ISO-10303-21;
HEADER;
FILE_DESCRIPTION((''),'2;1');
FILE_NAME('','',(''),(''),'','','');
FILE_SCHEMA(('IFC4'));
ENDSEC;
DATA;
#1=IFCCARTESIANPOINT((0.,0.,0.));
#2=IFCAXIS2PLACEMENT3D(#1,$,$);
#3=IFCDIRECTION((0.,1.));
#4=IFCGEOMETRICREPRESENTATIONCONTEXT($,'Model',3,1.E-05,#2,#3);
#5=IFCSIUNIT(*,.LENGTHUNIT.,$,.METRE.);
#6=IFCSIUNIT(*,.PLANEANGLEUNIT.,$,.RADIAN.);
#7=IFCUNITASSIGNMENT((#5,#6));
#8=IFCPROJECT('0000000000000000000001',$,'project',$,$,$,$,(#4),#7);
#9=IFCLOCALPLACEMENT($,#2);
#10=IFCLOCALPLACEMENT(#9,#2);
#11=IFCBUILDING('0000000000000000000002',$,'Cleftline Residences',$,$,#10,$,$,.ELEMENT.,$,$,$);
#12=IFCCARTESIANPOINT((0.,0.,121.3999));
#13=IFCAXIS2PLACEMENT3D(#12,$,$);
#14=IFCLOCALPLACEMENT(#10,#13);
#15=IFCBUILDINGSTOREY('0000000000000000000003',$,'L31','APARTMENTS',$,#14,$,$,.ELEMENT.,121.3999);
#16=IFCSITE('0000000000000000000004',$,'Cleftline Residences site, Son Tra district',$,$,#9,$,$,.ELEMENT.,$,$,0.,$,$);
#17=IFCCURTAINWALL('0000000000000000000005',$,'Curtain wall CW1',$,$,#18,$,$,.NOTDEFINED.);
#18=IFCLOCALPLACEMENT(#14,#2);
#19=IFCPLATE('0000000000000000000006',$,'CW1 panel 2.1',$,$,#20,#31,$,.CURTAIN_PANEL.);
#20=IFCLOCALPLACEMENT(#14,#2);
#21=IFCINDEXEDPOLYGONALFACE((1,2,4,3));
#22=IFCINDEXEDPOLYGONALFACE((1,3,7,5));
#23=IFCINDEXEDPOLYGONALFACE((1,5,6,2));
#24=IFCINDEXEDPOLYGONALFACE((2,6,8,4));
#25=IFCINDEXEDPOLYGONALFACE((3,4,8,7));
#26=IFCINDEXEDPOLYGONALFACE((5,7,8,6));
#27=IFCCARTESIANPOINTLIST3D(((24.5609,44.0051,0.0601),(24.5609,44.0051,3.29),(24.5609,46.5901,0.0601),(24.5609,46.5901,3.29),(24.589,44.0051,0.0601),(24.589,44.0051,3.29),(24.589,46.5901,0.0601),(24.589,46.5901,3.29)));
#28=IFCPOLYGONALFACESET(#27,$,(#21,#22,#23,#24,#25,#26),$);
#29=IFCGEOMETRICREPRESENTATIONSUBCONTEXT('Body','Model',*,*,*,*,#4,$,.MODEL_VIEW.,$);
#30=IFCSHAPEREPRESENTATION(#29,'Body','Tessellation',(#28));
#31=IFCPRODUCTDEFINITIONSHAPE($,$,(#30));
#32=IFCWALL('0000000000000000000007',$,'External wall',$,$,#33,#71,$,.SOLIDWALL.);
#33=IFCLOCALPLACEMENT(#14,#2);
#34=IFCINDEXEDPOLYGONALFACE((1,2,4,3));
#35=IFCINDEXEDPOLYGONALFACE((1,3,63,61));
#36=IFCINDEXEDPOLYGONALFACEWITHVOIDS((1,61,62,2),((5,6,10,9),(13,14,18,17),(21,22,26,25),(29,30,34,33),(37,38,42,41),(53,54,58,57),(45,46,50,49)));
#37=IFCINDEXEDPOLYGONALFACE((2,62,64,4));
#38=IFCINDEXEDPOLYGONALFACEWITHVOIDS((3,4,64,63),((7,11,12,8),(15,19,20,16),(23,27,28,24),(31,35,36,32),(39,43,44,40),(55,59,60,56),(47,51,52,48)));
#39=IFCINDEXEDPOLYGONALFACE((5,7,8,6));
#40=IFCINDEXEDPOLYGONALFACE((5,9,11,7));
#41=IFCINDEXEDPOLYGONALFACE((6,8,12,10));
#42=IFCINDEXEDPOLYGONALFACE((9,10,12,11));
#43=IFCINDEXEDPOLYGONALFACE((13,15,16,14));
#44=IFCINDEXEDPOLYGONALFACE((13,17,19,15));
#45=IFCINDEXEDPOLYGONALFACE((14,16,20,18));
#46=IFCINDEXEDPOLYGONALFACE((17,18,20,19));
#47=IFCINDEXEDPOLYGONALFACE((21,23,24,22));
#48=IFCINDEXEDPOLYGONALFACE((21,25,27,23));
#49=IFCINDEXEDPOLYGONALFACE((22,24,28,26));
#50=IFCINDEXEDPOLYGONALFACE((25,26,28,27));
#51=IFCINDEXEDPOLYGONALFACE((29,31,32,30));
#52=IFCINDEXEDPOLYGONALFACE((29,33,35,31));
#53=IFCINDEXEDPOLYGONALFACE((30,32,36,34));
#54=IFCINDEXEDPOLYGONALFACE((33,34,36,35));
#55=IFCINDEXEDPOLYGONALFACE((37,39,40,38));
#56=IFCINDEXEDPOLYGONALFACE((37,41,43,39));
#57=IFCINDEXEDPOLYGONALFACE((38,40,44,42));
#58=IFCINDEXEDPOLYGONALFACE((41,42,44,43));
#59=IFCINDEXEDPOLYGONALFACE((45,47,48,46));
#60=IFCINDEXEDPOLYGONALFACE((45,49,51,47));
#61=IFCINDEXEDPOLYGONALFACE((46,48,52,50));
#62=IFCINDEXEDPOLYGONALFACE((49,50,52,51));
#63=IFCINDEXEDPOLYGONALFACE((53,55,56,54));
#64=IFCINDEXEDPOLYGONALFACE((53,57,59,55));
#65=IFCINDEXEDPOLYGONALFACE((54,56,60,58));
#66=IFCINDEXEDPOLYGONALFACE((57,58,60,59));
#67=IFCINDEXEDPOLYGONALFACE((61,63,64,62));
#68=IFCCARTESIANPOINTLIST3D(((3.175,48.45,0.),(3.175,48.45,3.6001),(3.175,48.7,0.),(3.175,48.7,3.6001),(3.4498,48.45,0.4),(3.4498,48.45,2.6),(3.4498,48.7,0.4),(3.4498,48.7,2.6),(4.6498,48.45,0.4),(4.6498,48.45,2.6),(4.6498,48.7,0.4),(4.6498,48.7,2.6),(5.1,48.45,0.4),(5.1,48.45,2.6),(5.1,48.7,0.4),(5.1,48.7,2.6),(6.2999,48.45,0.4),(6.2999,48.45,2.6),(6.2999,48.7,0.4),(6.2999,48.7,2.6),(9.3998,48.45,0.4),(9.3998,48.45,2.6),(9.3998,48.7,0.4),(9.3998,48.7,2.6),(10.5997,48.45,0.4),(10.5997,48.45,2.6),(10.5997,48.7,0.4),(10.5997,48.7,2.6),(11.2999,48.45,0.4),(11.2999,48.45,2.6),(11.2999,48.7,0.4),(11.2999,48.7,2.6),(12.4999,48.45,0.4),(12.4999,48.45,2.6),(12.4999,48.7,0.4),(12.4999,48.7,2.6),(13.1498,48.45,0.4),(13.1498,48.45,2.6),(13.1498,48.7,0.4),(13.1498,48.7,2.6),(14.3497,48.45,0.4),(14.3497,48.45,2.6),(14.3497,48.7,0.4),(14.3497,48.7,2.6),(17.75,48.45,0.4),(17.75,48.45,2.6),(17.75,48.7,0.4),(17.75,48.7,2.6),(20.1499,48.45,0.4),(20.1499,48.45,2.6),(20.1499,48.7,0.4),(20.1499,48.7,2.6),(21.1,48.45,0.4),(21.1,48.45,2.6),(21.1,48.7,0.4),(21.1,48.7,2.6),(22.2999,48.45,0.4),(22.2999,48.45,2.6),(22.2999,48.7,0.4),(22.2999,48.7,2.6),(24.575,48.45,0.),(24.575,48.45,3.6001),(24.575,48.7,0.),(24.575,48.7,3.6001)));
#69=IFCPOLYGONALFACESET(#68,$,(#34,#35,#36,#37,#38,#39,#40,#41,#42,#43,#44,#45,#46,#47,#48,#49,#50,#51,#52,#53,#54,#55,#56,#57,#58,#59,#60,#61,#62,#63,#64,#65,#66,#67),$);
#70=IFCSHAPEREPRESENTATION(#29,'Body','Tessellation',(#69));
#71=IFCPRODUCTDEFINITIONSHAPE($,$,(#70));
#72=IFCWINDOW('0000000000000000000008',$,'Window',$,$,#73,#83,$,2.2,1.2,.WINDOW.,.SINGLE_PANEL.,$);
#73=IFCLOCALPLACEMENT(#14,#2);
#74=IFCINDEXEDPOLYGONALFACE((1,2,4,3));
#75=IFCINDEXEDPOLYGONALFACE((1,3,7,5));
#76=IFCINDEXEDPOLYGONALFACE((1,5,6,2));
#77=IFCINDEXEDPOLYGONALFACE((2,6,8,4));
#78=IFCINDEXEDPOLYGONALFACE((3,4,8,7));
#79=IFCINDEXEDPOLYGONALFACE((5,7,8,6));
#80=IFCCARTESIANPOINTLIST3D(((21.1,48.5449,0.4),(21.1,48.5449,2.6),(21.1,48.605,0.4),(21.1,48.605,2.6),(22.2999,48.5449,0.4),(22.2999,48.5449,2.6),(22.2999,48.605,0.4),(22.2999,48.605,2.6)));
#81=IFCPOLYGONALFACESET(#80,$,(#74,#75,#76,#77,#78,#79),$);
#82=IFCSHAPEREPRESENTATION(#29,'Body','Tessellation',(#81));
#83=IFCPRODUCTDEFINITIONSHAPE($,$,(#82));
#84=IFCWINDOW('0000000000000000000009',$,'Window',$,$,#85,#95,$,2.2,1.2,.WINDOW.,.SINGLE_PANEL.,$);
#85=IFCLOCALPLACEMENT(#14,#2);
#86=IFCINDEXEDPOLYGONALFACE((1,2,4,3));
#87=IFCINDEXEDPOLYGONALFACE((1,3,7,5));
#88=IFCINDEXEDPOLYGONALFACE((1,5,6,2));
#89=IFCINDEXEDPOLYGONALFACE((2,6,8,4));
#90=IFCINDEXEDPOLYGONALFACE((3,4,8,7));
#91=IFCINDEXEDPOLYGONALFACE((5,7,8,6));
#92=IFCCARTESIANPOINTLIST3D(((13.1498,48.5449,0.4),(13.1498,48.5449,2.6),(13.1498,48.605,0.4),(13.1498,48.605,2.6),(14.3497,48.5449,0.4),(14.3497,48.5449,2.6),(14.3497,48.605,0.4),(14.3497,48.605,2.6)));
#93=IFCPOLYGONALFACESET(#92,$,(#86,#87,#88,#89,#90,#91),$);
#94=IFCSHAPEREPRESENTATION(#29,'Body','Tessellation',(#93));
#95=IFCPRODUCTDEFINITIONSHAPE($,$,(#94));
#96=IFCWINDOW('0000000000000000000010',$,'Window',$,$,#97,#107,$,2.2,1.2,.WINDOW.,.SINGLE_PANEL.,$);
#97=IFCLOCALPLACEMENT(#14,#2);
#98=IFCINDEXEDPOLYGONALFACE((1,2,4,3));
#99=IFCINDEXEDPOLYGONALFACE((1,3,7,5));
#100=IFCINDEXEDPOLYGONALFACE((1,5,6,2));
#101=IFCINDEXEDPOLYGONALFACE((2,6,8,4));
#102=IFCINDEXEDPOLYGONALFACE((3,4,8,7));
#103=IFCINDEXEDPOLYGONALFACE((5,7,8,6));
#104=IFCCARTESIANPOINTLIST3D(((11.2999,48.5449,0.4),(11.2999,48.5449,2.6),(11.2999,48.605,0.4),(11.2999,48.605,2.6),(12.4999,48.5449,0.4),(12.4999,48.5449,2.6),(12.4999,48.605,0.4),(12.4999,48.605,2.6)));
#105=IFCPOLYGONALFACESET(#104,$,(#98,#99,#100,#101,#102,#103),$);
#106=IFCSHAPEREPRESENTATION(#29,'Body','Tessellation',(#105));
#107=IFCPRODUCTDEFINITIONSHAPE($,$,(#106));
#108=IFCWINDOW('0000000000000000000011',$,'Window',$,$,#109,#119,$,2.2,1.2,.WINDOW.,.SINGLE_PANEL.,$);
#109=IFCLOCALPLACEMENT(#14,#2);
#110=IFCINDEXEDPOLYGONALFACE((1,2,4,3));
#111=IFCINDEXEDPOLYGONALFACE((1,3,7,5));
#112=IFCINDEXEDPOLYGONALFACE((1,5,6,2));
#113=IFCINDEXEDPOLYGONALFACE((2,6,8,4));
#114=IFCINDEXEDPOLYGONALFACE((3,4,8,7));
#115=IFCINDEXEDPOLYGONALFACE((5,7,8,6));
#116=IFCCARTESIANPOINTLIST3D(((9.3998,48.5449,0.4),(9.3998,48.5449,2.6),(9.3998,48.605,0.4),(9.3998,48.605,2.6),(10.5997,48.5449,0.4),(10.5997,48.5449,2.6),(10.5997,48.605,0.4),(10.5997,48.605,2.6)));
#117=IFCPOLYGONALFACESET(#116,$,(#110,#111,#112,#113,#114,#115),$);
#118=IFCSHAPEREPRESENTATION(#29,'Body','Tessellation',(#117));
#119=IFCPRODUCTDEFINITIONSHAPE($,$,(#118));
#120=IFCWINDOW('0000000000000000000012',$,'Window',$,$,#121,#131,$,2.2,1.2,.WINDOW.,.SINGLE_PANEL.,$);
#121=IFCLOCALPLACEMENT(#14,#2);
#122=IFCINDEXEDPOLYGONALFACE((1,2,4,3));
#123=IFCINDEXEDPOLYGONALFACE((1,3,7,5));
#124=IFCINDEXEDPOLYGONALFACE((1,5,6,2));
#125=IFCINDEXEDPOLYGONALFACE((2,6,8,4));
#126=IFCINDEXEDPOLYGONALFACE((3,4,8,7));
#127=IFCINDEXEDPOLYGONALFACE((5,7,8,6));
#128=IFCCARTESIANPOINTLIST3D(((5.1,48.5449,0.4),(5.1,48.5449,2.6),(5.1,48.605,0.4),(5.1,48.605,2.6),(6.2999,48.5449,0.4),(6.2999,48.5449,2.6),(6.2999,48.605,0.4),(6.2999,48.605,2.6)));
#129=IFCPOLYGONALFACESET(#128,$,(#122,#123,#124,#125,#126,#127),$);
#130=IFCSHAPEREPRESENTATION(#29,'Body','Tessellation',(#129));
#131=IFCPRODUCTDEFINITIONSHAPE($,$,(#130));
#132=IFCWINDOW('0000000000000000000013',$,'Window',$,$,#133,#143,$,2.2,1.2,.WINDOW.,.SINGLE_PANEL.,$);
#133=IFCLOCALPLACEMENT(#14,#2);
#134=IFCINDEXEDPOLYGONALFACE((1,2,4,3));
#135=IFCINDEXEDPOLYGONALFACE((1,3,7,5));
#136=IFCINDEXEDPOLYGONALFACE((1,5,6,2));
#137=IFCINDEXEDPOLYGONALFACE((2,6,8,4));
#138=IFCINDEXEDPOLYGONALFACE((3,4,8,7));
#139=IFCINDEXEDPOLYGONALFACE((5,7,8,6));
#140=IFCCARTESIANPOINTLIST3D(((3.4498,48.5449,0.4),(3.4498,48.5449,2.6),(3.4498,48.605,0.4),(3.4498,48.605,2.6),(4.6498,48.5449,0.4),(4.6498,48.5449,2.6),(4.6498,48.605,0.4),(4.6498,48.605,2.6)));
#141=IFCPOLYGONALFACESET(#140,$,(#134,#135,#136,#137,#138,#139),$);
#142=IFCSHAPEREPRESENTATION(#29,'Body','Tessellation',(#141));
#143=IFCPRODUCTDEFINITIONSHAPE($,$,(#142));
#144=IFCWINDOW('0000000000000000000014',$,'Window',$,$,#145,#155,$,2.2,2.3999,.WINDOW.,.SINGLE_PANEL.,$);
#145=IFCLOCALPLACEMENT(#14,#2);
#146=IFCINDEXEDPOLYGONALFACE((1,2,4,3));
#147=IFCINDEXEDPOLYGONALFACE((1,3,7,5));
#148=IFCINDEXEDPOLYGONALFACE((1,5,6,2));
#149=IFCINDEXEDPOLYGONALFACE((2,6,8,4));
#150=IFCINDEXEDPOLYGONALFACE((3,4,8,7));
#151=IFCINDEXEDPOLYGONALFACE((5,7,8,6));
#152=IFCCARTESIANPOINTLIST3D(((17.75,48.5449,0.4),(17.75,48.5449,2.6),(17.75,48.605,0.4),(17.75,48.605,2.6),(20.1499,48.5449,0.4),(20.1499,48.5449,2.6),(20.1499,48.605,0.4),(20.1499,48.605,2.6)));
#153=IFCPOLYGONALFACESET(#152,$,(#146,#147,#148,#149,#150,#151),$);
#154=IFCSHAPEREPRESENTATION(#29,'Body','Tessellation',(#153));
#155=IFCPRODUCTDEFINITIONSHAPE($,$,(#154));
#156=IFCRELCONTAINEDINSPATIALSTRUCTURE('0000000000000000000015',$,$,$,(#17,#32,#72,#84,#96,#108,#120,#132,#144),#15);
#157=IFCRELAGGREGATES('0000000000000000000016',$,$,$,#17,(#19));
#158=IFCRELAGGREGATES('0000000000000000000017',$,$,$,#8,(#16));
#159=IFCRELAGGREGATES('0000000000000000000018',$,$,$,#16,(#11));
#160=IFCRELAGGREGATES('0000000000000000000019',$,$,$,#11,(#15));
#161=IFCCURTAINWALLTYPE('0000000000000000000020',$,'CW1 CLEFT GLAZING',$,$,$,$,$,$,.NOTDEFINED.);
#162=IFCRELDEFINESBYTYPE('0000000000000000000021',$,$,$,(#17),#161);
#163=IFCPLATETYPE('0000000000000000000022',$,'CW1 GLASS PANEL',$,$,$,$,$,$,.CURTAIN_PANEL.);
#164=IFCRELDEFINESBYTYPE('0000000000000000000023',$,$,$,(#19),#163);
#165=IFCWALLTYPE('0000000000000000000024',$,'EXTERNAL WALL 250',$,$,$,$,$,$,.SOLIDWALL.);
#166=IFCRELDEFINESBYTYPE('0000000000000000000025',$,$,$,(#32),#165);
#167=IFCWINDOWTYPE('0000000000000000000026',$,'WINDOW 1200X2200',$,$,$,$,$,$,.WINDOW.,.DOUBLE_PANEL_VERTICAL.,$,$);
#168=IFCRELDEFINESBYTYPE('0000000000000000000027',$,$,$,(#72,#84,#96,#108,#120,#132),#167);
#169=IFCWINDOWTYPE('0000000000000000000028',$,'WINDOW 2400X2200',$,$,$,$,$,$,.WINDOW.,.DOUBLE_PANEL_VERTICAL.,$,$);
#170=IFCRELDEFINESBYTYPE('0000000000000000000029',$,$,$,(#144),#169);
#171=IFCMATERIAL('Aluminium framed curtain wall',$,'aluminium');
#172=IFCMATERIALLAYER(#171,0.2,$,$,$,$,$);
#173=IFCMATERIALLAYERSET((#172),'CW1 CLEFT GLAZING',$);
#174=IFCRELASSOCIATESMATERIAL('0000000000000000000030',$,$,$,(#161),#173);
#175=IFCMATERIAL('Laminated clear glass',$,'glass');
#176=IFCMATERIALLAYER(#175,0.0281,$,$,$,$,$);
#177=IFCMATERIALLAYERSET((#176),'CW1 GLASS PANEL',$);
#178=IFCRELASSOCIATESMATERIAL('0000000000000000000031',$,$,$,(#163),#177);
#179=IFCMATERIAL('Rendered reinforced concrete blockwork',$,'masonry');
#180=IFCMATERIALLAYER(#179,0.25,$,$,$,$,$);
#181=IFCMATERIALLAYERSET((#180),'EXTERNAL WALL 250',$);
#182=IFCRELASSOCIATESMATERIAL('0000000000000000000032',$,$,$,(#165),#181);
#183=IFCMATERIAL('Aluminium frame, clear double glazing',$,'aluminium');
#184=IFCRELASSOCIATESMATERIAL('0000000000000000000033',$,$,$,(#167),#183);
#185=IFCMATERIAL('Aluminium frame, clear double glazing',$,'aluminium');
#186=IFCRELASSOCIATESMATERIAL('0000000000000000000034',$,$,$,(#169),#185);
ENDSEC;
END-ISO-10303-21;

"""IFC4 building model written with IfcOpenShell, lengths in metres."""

from ifc_helpers import new_model, si_unit, direction, frame, frame_2d, origin, origin_2d, place, context, subcontext, project, spatial, rectangle, extrude, material, layer, layer_set, type_object, element, fill, aggregate, save


model = new_model("IFC4")

# Units and contexts
model_context = context("Model", 3, precision=1e-05, world=origin(), true_north=direction((0.0, 1.0)))
body_context = subcontext(model_context, "Body", "Model", "MODEL_VIEW")
ifc_project = project(units=[si_unit("LENGTHUNIT", "METRE"), si_unit("PLANEANGLEUNIT", "RADIAN")], contexts=[model_context])

# Site, building, storey
site_placement = place(None, origin())
site = spatial("IfcSite", under=ifc_project, at=site_placement, Name="Cleftline Residences site, Son Tra district", CompositionType="ELEMENT", RefElevation=0.0)
building_placement = place(site_placement, origin())
building = spatial("IfcBuilding", under=site, at=building_placement, Name="Cleftline Residences", CompositionType="ELEMENT")
storey_placement = place(building_placement, frame((0.0, 0.0, 121.3999)))
storey = spatial("IfcBuildingStorey", under=building, at=storey_placement, Name="L31", Description="APARTMENTS", CompositionType="ELEMENT", Elevation=121.3999)

# Curtain wall, plate
ifc_material_1 = material(Name="Aluminium framed curtain wall", Category="aluminium")
ifc_layer_1 = layer(ifc_material_1, 0.2)
ifc_layer_set_1 = layer_set([ifc_layer_1], Name="CW1 CLEFT GLAZING")
curtain_wall_type = type_object("IfcCurtainWallType", Name="CW1 CLEFT GLAZING", PredefinedType="NOTDEFINED", material=ifc_layer_set_1)
curtain_wall_placement = place(storey_placement, origin())
curtain_wall = element("IfcCurtainWall", 1, at=curtain_wall_placement, inside=storey, type_object=curtain_wall_type, Name="Curtain wall CW1", PredefinedType="NOTDEFINED")
ifc_material_2 = material(Name="Laminated clear glass", Category="glass")
ifc_layer_2 = layer(ifc_material_2, 0.0281)
ifc_layer_set_2 = layer_set([ifc_layer_2], Name="CW1 GLASS PANEL")
plate_type = type_object("IfcPlateType", Name="CW1 GLASS PANEL", PredefinedType="CURTAIN_PANEL", material=ifc_layer_set_2)
plate_1_placement = place(storey_placement, frame((24.575, 45.2976, 0.0601), z_axis=(0.0, 0.0, 1.0), x_axis=(0.0, 1.0, 0.0)))
plate_1 = element("IfcPlate", 2, at=plate_1_placement, type_object=plate_type, Name="CW1 panel 2.1", PredefinedType="CURTAIN_PANEL", context=body_context, shape_type="SweptSolid", body=[
    extrude(rectangle(XDim=2.585, YDim=0.0281, at=origin_2d()), origin(), (0.0, 0.0, 1.0), 3.23),
])
aggregate(curtain_wall, [plate_1])

# Wall, openings, windows
ifc_material_3 = material(Name="Rendered reinforced concrete blockwork", Category="masonry")
ifc_layer_3 = layer(ifc_material_3, 0.25)
ifc_layer_set_3 = layer_set([ifc_layer_3], Name="EXTERNAL WALL 250")
wall_type = type_object("IfcWallType", Name="EXTERNAL WALL 250", PredefinedType="SOLIDWALL", material=ifc_layer_set_3)
wall_placement = place(storey_placement, frame((24.575, 48.575, 0.0), z_axis=(0.0, 0.0, 1.0), x_axis=(-1.0, 0.0, 0.0)))
wall = element("IfcWall", 3, at=wall_placement, inside=storey, type_object=wall_type, Name="External wall", PredefinedType="SOLIDWALL", context=body_context, shape_type="SweptSolid", body=[
    extrude(rectangle(XDim=21.3999, YDim=0.25, at=frame_2d((10.7, 0.0))), origin(), (0.0, 0.0, 1.0), 3.6001),
])
opening_1_placement = place(wall_placement, frame((2.2749, 0.0, 0.3999)))
opening_1 = element("IfcOpeningElement", 4, at=opening_1_placement, cuts=wall, PredefinedType="OPENING", context=body_context, shape_type="SweptSolid", body=[
    extrude(rectangle(XDim=1.2, YDim=2.2, at=frame_2d((0.6001, 1.1001))), frame((0.0, 0.135, 0.0), z_axis=(0.0, -1.0, 0.0), x_axis=(1.0, 0.0, 0.0)), (0.0, 0.0, 1.0), 0.27),
])
opening_2_placement = place(wall_placement, frame((4.425, 0.0, 0.3999)))
opening_2 = element("IfcOpeningElement", 5, at=opening_2_placement, cuts=wall, PredefinedType="OPENING", context=body_context, shape_type="SweptSolid", body=[
    extrude(rectangle(XDim=2.3999, YDim=2.2, at=frame_2d((1.2, 1.1001))), frame((0.0, 0.135, 0.0), z_axis=(0.0, -1.0, 0.0), x_axis=(1.0, 0.0, 0.0)), (0.0, 0.0, 1.0), 0.27),
])
opening_3_placement = place(wall_placement, frame((10.2251, 0.0, 0.3999)))
opening_3 = element("IfcOpeningElement", 6, at=opening_3_placement, cuts=wall, PredefinedType="OPENING", context=body_context, shape_type="SweptSolid", body=[
    extrude(rectangle(XDim=1.2, YDim=2.2, at=frame_2d((0.6001, 1.1001))), frame((0.0, 0.135, 0.0), z_axis=(0.0, -1.0, 0.0), x_axis=(1.0, 0.0, 0.0)), (0.0, 0.0, 1.0), 0.27),
])
opening_4_placement = place(wall_placement, frame((12.075, 0.0, 0.3999)))
opening_4 = element("IfcOpeningElement", 7, at=opening_4_placement, cuts=wall, PredefinedType="OPENING", context=body_context, shape_type="SweptSolid", body=[
    extrude(rectangle(XDim=1.2, YDim=2.2, at=frame_2d((0.6001, 1.1001))), frame((0.0, 0.135, 0.0), z_axis=(0.0, -1.0, 0.0), x_axis=(1.0, 0.0, 0.0)), (0.0, 0.0, 1.0), 0.27),
])
opening_5_placement = place(wall_placement, frame((13.9751, 0.0, 0.3999)))
opening_5 = element("IfcOpeningElement", 8, at=opening_5_placement, cuts=wall, PredefinedType="OPENING", context=body_context, shape_type="SweptSolid", body=[
    extrude(rectangle(XDim=1.2, YDim=2.2, at=frame_2d((0.6001, 1.1001))), frame((0.0, 0.135, 0.0), z_axis=(0.0, -1.0, 0.0), x_axis=(1.0, 0.0, 0.0)), (0.0, 0.0, 1.0), 0.27),
])
opening_6_placement = place(wall_placement, frame((18.2749, 0.0, 0.3999)))
opening_6 = element("IfcOpeningElement", 9, at=opening_6_placement, cuts=wall, PredefinedType="OPENING", context=body_context, shape_type="SweptSolid", body=[
    extrude(rectangle(XDim=1.2, YDim=2.2, at=frame_2d((0.6001, 1.1001))), frame((0.0, 0.135, 0.0), z_axis=(0.0, -1.0, 0.0), x_axis=(1.0, 0.0, 0.0)), (0.0, 0.0, 1.0), 0.27),
])
opening_7_placement = place(wall_placement, frame((19.925, 0.0, 0.3999)))
opening_7 = element("IfcOpeningElement", 10, at=opening_7_placement, cuts=wall, PredefinedType="OPENING", context=body_context, shape_type="SweptSolid", body=[
    extrude(rectangle(XDim=1.2, YDim=2.2, at=frame_2d((0.6001, 1.1001))), frame((0.0, 0.135, 0.0), z_axis=(0.0, -1.0, 0.0), x_axis=(1.0, 0.0, 0.0)), (0.0, 0.0, 1.0), 0.27),
])
ifc_material_4 = material(Name="Aluminium frame, clear double glazing", Category="aluminium")
window_type_1 = type_object("IfcWindowType", Name="WINDOW 1200X2200", PartitioningType="DOUBLE_PANEL_VERTICAL", PredefinedType="WINDOW", material=ifc_material_4)
window_1_placement = place(opening_1_placement, origin())
window_1 = element("IfcWindow", 11, at=window_1_placement, inside=storey, type_object=window_type_1, Name="Window", OverallHeight=2.2, OverallWidth=1.2, PartitioningType="SINGLE_PANEL", PredefinedType="WINDOW", context=body_context, shape_type="SweptSolid", body=[
    extrude(rectangle(XDim=1.2, YDim=2.2, at=frame_2d((0.6001, 1.1001))), frame((0.0, 0.03, 0.0), z_axis=(0.0, -1.0, 0.0), x_axis=(1.0, 0.0, 0.0)), (0.0, 0.0, 1.0), 0.0601),
])
fill(opening_1, window_1)
window_2_placement = place(opening_3_placement, origin())
window_2 = element("IfcWindow", 12, at=window_2_placement, inside=storey, type_object=window_type_1, Name="Window", OverallHeight=2.2, OverallWidth=1.2, PartitioningType="SINGLE_PANEL", PredefinedType="WINDOW", context=body_context, shape_type="SweptSolid", body=[
    extrude(rectangle(XDim=1.2, YDim=2.2, at=frame_2d((0.6001, 1.1001))), frame((0.0, 0.03, 0.0), z_axis=(0.0, -1.0, 0.0), x_axis=(1.0, 0.0, 0.0)), (0.0, 0.0, 1.0), 0.0601),
])
fill(opening_3, window_2)
window_3_placement = place(opening_4_placement, origin())
window_3 = element("IfcWindow", 13, at=window_3_placement, inside=storey, type_object=window_type_1, Name="Window", OverallHeight=2.2, OverallWidth=1.2, PartitioningType="SINGLE_PANEL", PredefinedType="WINDOW", context=body_context, shape_type="SweptSolid", body=[
    extrude(rectangle(XDim=1.2, YDim=2.2, at=frame_2d((0.6001, 1.1001))), frame((0.0, 0.03, 0.0), z_axis=(0.0, -1.0, 0.0), x_axis=(1.0, 0.0, 0.0)), (0.0, 0.0, 1.0), 0.0601),
])
fill(opening_4, window_3)
window_4_placement = place(opening_5_placement, origin())
window_4 = element("IfcWindow", 14, at=window_4_placement, inside=storey, type_object=window_type_1, Name="Window", OverallHeight=2.2, OverallWidth=1.2, PartitioningType="SINGLE_PANEL", PredefinedType="WINDOW", context=body_context, shape_type="SweptSolid", body=[
    extrude(rectangle(XDim=1.2, YDim=2.2, at=frame_2d((0.6001, 1.1001))), frame((0.0, 0.03, 0.0), z_axis=(0.0, -1.0, 0.0), x_axis=(1.0, 0.0, 0.0)), (0.0, 0.0, 1.0), 0.0601),
])
fill(opening_5, window_4)
window_5_placement = place(opening_6_placement, origin())
window_5 = element("IfcWindow", 15, at=window_5_placement, inside=storey, type_object=window_type_1, Name="Window", OverallHeight=2.2, OverallWidth=1.2, PartitioningType="SINGLE_PANEL", PredefinedType="WINDOW", context=body_context, shape_type="SweptSolid", body=[
    extrude(rectangle(XDim=1.2, YDim=2.2, at=frame_2d((0.6001, 1.1001))), frame((0.0, 0.03, 0.0), z_axis=(0.0, -1.0, 0.0), x_axis=(1.0, 0.0, 0.0)), (0.0, 0.0, 1.0), 0.0601),
])
fill(opening_6, window_5)
window_6_placement = place(opening_7_placement, origin())
window_6 = element("IfcWindow", 16, at=window_6_placement, inside=storey, type_object=window_type_1, Name="Window", OverallHeight=2.2, OverallWidth=1.2, PartitioningType="SINGLE_PANEL", PredefinedType="WINDOW", context=body_context, shape_type="SweptSolid", body=[
    extrude(rectangle(XDim=1.2, YDim=2.2, at=frame_2d((0.6001, 1.1001))), frame((0.0, 0.03, 0.0), z_axis=(0.0, -1.0, 0.0), x_axis=(1.0, 0.0, 0.0)), (0.0, 0.0, 1.0), 0.0601),
])
fill(opening_7, window_6)
ifc_material_5 = material(Name="Aluminium frame, clear double glazing", Category="aluminium")
window_type_2 = type_object("IfcWindowType", Name="WINDOW 2400X2200", PartitioningType="DOUBLE_PANEL_VERTICAL", PredefinedType="WINDOW", material=ifc_material_5)
window_7_placement = place(opening_2_placement, origin())
window_7 = element("IfcWindow", 17, at=window_7_placement, inside=storey, type_object=window_type_2, Name="Window", OverallHeight=2.2, OverallWidth=2.3999, PartitioningType="SINGLE_PANEL", PredefinedType="WINDOW", context=body_context, shape_type="SweptSolid", body=[
    extrude(rectangle(XDim=2.3999, YDim=2.2, at=frame_2d((1.2, 1.1001))), frame((0.0, 0.03, 0.0), z_axis=(0.0, -1.0, 0.0), x_axis=(1.0, 0.0, 0.0)), (0.0, 0.0, 1.0), 0.0601),
])
fill(opening_2, window_7)

save(model, "model.ifc")
